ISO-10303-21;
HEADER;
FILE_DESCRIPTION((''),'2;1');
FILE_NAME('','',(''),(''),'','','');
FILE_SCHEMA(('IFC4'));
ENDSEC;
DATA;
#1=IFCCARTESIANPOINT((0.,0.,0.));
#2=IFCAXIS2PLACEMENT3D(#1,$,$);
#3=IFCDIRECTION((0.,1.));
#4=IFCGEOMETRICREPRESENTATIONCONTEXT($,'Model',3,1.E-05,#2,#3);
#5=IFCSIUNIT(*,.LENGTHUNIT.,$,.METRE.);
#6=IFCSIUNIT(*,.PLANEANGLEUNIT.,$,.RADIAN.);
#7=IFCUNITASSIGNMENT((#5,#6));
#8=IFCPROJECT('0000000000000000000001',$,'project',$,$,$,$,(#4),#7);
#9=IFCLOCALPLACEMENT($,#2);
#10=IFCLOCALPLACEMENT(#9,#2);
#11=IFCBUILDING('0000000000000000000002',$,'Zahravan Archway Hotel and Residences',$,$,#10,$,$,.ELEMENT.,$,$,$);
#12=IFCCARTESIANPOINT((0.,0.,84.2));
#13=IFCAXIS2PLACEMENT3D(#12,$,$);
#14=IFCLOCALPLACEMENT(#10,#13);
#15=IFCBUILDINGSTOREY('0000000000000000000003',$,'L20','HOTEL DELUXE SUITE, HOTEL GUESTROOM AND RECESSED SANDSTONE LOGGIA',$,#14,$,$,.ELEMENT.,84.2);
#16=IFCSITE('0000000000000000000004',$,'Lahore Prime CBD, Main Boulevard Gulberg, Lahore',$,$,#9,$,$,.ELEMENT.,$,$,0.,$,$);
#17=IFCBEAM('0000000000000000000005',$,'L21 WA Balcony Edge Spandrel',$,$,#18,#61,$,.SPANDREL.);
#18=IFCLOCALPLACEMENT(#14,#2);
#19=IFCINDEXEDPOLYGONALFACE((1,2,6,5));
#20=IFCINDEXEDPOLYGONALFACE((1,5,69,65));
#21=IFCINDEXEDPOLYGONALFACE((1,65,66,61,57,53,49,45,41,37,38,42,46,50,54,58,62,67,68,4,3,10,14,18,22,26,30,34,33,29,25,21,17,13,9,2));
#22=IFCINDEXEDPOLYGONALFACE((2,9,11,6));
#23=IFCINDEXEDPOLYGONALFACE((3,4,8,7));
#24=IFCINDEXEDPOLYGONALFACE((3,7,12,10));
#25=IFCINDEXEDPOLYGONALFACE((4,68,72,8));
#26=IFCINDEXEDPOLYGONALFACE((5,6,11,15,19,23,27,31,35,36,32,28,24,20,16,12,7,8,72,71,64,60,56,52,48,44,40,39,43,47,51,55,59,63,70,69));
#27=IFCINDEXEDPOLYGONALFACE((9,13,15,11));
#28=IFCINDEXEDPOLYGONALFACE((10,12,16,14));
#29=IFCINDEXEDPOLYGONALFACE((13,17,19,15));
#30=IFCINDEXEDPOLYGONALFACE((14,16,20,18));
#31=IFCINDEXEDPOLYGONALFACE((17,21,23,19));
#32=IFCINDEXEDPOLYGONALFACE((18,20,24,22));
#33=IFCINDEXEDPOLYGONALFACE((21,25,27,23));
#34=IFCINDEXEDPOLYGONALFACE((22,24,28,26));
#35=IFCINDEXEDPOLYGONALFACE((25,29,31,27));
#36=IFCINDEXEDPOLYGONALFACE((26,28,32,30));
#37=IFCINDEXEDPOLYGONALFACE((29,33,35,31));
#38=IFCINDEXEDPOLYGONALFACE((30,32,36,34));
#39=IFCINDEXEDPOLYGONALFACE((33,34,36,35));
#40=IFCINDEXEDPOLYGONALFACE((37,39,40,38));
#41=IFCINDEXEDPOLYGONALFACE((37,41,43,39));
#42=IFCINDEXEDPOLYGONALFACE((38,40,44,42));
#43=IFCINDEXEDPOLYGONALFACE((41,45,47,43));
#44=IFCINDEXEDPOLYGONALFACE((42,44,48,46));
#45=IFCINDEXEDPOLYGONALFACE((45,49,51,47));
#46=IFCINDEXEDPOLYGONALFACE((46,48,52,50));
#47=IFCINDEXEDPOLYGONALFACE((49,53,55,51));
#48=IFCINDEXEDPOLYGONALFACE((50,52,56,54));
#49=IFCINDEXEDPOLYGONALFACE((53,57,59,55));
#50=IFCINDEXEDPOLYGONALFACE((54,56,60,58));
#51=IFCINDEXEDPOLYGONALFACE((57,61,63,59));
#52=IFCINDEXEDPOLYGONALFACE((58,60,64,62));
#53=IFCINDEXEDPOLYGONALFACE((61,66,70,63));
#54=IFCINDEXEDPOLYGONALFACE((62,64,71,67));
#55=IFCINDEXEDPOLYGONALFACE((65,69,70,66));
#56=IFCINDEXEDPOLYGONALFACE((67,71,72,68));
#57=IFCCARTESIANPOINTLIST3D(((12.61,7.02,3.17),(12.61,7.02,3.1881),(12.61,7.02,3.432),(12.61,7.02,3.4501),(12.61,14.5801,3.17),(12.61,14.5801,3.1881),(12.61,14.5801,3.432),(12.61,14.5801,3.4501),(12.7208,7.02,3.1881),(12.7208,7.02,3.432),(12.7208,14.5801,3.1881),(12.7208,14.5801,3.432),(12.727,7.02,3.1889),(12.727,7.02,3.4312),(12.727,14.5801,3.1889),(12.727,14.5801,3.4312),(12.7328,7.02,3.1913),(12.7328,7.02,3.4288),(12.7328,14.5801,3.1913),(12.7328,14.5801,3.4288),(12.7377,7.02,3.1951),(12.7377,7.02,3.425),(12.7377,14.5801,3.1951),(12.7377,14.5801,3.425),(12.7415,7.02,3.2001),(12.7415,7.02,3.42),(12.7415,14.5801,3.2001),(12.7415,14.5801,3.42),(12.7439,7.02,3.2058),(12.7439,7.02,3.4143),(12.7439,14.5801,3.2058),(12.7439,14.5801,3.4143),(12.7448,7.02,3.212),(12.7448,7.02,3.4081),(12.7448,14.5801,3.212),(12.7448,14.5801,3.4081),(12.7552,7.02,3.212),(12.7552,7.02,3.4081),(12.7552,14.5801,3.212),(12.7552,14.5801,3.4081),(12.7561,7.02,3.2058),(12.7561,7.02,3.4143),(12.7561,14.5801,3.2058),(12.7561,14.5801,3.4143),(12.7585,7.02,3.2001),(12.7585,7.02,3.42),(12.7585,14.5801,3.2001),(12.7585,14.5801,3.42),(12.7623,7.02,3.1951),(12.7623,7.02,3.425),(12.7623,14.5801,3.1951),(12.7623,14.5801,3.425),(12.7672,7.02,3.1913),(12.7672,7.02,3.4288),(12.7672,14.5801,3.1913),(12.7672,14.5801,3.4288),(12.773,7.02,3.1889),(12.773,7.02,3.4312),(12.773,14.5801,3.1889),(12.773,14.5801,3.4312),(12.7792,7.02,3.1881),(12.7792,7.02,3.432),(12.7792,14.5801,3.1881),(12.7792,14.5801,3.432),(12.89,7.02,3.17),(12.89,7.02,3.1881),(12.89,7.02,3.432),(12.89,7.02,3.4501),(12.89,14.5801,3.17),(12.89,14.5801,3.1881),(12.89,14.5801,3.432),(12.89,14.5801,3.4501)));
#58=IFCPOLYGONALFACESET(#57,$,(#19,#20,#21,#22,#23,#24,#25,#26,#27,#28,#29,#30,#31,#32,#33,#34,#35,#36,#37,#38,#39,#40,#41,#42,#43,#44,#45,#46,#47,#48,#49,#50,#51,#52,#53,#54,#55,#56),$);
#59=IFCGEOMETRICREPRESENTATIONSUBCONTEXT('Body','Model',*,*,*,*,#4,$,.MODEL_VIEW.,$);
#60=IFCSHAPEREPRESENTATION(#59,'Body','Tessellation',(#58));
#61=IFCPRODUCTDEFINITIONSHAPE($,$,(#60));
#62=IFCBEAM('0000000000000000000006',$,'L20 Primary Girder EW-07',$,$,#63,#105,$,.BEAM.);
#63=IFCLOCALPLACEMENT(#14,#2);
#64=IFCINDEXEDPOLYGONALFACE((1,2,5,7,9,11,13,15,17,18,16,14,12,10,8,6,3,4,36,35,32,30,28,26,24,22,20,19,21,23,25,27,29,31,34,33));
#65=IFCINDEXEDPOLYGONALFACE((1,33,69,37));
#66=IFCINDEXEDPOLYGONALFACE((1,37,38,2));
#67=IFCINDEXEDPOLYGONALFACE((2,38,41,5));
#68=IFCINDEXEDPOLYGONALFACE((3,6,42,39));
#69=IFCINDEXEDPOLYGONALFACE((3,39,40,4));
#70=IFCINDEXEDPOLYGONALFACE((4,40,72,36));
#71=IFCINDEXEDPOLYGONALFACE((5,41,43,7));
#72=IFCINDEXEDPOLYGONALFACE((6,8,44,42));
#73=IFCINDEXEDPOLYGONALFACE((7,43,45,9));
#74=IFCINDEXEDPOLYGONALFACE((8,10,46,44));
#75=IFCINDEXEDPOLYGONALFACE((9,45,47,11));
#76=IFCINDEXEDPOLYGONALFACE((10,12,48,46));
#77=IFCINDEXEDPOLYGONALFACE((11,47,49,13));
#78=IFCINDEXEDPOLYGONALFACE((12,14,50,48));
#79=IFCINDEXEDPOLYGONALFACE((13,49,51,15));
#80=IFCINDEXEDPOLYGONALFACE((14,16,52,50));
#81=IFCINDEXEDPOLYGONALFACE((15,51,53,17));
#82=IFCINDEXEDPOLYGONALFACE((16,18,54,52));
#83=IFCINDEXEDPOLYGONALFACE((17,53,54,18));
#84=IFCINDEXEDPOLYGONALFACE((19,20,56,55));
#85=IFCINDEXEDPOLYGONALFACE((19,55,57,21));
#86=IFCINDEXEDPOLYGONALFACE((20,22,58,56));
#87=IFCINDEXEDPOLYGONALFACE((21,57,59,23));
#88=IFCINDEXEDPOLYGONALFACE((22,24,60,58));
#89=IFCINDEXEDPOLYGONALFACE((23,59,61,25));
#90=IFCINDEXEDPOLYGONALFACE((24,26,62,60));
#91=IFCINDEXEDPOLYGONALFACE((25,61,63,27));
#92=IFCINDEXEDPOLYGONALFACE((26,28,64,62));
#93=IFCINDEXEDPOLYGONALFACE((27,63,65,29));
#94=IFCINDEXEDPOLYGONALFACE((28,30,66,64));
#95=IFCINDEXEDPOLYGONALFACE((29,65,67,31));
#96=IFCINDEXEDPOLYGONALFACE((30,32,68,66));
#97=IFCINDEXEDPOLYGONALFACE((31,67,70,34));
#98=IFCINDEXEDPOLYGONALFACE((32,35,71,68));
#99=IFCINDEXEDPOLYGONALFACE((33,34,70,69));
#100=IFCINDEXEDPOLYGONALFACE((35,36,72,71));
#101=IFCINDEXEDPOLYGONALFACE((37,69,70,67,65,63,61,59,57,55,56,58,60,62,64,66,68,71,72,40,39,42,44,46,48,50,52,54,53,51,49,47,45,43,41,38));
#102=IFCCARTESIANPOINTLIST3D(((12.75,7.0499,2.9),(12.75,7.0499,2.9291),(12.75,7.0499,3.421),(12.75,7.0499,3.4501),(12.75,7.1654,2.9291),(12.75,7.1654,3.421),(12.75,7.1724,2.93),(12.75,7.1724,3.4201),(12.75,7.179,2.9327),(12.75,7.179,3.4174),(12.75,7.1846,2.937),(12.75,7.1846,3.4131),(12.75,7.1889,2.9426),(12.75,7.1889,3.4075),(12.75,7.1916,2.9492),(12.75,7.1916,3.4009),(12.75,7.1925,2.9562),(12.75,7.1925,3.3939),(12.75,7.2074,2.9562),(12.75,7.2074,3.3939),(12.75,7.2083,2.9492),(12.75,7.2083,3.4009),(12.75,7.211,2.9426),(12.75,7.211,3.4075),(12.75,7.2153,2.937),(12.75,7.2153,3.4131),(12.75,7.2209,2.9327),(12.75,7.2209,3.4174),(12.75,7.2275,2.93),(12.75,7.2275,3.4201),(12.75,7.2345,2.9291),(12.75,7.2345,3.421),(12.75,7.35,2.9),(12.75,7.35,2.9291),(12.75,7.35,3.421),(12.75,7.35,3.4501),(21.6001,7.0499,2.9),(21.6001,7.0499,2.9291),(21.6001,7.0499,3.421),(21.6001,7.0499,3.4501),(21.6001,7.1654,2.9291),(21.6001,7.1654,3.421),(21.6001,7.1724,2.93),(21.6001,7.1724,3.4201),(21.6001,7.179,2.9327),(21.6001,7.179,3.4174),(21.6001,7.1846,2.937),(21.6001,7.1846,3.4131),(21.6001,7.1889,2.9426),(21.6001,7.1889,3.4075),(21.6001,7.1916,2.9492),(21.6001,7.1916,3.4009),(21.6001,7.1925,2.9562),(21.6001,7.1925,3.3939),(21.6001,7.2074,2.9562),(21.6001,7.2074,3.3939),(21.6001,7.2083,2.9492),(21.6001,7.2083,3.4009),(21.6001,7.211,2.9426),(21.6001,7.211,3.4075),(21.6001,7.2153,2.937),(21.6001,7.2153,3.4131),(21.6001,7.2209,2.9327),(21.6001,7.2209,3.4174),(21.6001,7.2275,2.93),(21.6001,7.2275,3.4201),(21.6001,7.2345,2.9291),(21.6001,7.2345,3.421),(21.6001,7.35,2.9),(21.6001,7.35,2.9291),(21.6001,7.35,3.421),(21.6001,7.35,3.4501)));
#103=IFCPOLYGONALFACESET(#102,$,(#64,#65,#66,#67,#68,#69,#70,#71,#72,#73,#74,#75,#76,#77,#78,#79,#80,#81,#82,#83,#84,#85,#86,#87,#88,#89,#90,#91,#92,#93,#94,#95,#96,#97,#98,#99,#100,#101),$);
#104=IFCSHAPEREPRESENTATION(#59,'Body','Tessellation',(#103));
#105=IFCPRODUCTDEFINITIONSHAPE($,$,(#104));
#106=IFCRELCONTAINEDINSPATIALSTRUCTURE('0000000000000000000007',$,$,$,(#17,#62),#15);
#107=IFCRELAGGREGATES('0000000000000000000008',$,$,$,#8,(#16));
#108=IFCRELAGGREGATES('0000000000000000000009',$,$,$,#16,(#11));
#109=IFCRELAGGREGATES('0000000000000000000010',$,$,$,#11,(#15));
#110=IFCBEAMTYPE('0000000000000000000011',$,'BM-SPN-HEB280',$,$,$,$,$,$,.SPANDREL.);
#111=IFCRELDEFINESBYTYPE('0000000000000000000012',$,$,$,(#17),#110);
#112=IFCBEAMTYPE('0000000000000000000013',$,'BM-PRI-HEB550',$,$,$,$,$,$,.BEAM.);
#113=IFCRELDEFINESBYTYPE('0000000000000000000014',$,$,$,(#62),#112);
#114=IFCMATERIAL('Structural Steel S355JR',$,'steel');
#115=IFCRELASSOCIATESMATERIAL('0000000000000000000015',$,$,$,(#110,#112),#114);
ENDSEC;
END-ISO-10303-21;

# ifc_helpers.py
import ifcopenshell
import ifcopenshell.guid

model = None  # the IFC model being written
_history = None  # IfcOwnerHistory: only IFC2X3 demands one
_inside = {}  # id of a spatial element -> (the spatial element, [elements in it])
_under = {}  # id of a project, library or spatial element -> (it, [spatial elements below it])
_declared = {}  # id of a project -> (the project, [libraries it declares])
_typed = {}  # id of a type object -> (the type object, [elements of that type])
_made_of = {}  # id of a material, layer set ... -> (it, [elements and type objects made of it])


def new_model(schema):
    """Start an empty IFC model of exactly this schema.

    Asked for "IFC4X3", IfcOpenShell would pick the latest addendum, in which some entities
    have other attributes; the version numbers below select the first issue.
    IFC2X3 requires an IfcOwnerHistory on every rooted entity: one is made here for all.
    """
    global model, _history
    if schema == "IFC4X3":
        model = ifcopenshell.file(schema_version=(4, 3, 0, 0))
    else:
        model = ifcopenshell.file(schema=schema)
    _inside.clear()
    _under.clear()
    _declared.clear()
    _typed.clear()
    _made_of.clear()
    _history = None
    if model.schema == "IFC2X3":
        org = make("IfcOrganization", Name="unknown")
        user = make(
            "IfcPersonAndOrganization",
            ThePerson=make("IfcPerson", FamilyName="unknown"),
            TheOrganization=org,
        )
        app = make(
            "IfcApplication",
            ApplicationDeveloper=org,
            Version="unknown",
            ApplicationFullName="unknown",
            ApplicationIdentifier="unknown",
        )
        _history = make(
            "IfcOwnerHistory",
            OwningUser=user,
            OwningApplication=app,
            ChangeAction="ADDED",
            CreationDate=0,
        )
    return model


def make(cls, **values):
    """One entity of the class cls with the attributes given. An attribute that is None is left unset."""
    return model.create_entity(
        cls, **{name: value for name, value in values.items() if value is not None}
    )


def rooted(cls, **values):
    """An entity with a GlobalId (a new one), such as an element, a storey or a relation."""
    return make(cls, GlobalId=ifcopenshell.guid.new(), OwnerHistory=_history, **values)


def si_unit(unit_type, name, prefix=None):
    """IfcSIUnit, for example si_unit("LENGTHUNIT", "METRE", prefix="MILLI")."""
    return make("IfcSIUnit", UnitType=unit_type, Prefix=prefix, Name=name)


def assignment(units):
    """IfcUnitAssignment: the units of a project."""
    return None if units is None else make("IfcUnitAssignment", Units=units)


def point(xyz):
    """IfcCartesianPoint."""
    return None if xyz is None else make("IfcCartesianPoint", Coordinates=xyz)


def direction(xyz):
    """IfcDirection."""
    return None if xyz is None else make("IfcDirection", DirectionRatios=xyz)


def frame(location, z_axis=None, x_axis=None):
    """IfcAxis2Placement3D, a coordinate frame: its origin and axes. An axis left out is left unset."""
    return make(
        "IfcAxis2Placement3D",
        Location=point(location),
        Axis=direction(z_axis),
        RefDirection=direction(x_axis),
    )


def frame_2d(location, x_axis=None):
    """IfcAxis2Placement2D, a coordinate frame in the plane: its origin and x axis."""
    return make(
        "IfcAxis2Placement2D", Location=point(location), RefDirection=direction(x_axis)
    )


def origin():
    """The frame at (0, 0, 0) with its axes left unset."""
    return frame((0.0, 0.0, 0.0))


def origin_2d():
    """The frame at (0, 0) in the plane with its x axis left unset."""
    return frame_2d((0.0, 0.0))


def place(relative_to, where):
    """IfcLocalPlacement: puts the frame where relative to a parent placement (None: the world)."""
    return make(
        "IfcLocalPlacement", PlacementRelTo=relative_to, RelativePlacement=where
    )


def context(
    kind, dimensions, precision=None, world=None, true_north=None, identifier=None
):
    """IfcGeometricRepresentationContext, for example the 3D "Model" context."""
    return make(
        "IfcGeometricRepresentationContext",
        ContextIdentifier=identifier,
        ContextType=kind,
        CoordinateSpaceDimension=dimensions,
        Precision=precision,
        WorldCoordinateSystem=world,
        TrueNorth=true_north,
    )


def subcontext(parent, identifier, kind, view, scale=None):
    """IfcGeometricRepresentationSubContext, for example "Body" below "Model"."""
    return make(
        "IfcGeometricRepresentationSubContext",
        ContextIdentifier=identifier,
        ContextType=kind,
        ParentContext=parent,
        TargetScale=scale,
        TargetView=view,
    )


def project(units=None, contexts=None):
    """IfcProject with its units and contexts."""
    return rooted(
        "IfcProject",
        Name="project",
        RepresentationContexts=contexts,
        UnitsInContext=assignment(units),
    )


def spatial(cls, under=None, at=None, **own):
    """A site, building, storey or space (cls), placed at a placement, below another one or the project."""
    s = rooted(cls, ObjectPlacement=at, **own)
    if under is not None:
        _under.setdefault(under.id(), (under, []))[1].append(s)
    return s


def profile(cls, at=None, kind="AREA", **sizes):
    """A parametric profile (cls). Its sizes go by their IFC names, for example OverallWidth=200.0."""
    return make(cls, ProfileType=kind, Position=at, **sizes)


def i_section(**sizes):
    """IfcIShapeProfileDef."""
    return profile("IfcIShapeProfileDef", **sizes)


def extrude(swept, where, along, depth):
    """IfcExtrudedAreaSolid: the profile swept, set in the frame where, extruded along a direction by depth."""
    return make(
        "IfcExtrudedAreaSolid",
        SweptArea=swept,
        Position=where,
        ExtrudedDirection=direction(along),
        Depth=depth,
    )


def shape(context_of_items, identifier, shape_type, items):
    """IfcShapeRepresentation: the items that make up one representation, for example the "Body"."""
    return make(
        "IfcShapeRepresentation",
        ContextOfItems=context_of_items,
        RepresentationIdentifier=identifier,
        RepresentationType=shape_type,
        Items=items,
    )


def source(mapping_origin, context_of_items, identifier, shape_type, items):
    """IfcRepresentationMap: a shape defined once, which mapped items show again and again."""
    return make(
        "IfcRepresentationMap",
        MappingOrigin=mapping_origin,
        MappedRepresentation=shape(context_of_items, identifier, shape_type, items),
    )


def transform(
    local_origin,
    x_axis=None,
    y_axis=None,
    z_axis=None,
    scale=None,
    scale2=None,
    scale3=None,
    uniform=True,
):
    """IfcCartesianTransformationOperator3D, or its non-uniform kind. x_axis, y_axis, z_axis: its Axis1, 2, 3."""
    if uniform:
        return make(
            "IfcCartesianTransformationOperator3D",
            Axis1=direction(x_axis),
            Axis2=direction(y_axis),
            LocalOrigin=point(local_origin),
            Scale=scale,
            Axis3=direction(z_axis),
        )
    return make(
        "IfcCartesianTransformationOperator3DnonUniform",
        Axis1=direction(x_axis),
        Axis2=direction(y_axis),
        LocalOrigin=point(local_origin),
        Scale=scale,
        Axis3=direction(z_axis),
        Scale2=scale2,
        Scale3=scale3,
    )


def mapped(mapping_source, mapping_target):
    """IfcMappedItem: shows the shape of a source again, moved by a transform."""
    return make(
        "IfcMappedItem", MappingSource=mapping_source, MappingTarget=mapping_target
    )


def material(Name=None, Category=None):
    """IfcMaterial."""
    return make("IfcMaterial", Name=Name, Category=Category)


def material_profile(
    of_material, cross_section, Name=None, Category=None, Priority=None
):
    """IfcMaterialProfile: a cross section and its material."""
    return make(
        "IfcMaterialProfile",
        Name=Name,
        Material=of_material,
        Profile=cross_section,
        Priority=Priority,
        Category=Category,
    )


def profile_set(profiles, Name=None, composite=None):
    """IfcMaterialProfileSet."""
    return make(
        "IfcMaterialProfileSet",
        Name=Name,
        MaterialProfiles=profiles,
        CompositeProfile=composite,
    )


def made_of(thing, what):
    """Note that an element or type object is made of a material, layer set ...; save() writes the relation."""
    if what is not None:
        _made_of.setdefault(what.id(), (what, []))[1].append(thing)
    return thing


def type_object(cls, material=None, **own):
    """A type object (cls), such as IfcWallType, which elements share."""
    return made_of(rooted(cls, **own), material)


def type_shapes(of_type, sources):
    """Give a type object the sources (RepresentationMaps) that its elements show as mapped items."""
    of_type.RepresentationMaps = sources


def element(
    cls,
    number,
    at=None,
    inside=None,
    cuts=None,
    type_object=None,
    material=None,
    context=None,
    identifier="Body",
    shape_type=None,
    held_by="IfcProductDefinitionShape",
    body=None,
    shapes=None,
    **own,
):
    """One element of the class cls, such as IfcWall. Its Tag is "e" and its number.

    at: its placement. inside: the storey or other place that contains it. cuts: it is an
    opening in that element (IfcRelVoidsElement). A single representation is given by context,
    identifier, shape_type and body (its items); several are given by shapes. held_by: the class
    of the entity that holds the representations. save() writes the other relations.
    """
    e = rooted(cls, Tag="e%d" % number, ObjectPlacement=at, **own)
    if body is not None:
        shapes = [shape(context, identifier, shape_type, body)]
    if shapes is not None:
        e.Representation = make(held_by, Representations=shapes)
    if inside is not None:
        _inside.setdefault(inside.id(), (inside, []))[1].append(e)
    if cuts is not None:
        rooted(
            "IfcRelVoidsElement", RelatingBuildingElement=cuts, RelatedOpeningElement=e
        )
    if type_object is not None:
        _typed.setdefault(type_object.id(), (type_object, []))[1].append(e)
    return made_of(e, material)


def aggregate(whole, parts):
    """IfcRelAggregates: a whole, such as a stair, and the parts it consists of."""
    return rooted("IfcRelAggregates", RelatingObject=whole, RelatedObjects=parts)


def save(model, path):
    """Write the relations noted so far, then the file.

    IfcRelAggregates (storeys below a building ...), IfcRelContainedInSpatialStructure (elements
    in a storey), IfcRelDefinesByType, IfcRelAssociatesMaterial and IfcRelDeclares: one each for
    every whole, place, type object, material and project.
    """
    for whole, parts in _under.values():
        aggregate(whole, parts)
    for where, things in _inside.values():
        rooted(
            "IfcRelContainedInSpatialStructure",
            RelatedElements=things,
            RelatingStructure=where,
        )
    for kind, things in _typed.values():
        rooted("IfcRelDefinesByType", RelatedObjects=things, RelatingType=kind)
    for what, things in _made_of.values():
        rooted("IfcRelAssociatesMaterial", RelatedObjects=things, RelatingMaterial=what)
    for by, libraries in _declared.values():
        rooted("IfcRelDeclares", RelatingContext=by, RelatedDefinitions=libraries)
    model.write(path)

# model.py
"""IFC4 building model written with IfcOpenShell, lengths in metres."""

from ifc_helpers import new_model, si_unit, direction, frame, origin, origin_2d, place, context, subcontext, project, spatial, i_section, extrude, source, transform, mapped, material, material_profile, profile_set, type_object, type_shapes, element, save


model = new_model("IFC4")

# Units and contexts
model_context = context("Model", 3, precision=1e-05, world=origin(), true_north=direction((0.0, 1.0)))
body_context = subcontext(model_context, "Body", "Model", "MODEL_VIEW")
ifc_project = project(units=[si_unit("LENGTHUNIT", "METRE"), si_unit("PLANEANGLEUNIT", "RADIAN")], contexts=[model_context])

# Site, building, storey
site_placement = place(None, origin())
site = spatial("IfcSite", under=ifc_project, at=site_placement, Name="Lahore Prime CBD, Main Boulevard Gulberg, Lahore", CompositionType="ELEMENT", RefElevation=0.0)
building_placement = place(site_placement, origin())
building = spatial("IfcBuilding", under=site, at=building_placement, Name="Zahravan Archway Hotel and Residences", CompositionType="ELEMENT")
storey_placement = place(building_placement, frame((0.0, 0.0, 84.2)))
storey = spatial("IfcBuildingStorey", under=building, at=storey_placement, Name="L20", Description="HOTEL DELUXE SUITE, HOTEL GUESTROOM AND RECESSED SANDSTONE LOGGIA", CompositionType="ELEMENT", Elevation=84.2)

# Beams
ifc_material_1 = material(Name="Structural Steel S355JR", Category="steel")
ifc_material_profile_1 = material_profile(ifc_material_1, i_section(OverallWidth=0.28, OverallDepth=0.28, WebThickness=0.0105, FlangeThickness=0.0181, FilletRadius=0.0239, at=origin_2d()), Name="HEB 280", Category="steel")
ifc_profile_set_1 = profile_set([ifc_material_profile_1], Name="Structural Steel S355JR")
beam_type_1 = type_object("IfcBeamType", Name="BM-SPN-HEB280", PredefinedType="SPANDREL", material=ifc_profile_set_1)
shared_shape_1 = source(origin(), body_context, "Body", "SweptSolid", [
    extrude(i_section(OverallWidth=0.28, OverallDepth=0.28, WebThickness=0.0105, FlangeThickness=0.0181, FilletRadius=0.0239, at=origin_2d()), origin(), (0.0, 0.0, 1.0), 7.5601),
])
type_shapes(beam_type_1, [shared_shape_1])
beam_1_placement = place(storey_placement, frame((12.75, 7.02, 3.3101), z_axis=(0.0, 1.0, 0.0), x_axis=(-1.0, 0.0, 0.0)))
element("IfcBeam", 1, at=beam_1_placement, inside=storey, type_object=beam_type_1, Name="L21 WA Balcony Edge Spandrel", PredefinedType="SPANDREL", context=body_context, shape_type="MappedRepresentation", body=[
    mapped(shared_shape_1, transform((0.0, 0.0, 0.0), scale=1.0)),
])
ifc_material_profile_2 = material_profile(ifc_material_1, i_section(OverallWidth=0.3, OverallDepth=0.55, WebThickness=0.0149, FlangeThickness=0.0291, FilletRadius=0.0271, at=origin_2d()), Name="HEB 550", Category="steel")
ifc_profile_set_2 = profile_set([ifc_material_profile_2], Name="Structural Steel S355JR")
beam_type_2 = type_object("IfcBeamType", Name="BM-PRI-HEB550", PredefinedType="BEAM", material=ifc_profile_set_2)
shared_shape_2 = source(origin(), body_context, "Body", "SweptSolid", [
    extrude(i_section(OverallWidth=0.3, OverallDepth=0.55, WebThickness=0.0149, FlangeThickness=0.0291, FilletRadius=0.0271, at=origin_2d()), origin(), (0.0, 0.0, 1.0), 8.8501),
])
beam_2_placement = place(storey_placement, frame((12.75, 7.2, 3.175), z_axis=(1.0, 0.0, 0.0), x_axis=(0.0, 1.0, 0.0)))
element("IfcBeam", 2, at=beam_2_placement, inside=storey, type_object=beam_type_2, Name="L20 Primary Girder EW-07", PredefinedType="BEAM", context=body_context, shape_type="MappedRepresentation", body=[
    mapped(shared_shape_2, transform((0.0, 0.0, 0.0), scale=1.0)),
])

save(model, "model.ifc")
